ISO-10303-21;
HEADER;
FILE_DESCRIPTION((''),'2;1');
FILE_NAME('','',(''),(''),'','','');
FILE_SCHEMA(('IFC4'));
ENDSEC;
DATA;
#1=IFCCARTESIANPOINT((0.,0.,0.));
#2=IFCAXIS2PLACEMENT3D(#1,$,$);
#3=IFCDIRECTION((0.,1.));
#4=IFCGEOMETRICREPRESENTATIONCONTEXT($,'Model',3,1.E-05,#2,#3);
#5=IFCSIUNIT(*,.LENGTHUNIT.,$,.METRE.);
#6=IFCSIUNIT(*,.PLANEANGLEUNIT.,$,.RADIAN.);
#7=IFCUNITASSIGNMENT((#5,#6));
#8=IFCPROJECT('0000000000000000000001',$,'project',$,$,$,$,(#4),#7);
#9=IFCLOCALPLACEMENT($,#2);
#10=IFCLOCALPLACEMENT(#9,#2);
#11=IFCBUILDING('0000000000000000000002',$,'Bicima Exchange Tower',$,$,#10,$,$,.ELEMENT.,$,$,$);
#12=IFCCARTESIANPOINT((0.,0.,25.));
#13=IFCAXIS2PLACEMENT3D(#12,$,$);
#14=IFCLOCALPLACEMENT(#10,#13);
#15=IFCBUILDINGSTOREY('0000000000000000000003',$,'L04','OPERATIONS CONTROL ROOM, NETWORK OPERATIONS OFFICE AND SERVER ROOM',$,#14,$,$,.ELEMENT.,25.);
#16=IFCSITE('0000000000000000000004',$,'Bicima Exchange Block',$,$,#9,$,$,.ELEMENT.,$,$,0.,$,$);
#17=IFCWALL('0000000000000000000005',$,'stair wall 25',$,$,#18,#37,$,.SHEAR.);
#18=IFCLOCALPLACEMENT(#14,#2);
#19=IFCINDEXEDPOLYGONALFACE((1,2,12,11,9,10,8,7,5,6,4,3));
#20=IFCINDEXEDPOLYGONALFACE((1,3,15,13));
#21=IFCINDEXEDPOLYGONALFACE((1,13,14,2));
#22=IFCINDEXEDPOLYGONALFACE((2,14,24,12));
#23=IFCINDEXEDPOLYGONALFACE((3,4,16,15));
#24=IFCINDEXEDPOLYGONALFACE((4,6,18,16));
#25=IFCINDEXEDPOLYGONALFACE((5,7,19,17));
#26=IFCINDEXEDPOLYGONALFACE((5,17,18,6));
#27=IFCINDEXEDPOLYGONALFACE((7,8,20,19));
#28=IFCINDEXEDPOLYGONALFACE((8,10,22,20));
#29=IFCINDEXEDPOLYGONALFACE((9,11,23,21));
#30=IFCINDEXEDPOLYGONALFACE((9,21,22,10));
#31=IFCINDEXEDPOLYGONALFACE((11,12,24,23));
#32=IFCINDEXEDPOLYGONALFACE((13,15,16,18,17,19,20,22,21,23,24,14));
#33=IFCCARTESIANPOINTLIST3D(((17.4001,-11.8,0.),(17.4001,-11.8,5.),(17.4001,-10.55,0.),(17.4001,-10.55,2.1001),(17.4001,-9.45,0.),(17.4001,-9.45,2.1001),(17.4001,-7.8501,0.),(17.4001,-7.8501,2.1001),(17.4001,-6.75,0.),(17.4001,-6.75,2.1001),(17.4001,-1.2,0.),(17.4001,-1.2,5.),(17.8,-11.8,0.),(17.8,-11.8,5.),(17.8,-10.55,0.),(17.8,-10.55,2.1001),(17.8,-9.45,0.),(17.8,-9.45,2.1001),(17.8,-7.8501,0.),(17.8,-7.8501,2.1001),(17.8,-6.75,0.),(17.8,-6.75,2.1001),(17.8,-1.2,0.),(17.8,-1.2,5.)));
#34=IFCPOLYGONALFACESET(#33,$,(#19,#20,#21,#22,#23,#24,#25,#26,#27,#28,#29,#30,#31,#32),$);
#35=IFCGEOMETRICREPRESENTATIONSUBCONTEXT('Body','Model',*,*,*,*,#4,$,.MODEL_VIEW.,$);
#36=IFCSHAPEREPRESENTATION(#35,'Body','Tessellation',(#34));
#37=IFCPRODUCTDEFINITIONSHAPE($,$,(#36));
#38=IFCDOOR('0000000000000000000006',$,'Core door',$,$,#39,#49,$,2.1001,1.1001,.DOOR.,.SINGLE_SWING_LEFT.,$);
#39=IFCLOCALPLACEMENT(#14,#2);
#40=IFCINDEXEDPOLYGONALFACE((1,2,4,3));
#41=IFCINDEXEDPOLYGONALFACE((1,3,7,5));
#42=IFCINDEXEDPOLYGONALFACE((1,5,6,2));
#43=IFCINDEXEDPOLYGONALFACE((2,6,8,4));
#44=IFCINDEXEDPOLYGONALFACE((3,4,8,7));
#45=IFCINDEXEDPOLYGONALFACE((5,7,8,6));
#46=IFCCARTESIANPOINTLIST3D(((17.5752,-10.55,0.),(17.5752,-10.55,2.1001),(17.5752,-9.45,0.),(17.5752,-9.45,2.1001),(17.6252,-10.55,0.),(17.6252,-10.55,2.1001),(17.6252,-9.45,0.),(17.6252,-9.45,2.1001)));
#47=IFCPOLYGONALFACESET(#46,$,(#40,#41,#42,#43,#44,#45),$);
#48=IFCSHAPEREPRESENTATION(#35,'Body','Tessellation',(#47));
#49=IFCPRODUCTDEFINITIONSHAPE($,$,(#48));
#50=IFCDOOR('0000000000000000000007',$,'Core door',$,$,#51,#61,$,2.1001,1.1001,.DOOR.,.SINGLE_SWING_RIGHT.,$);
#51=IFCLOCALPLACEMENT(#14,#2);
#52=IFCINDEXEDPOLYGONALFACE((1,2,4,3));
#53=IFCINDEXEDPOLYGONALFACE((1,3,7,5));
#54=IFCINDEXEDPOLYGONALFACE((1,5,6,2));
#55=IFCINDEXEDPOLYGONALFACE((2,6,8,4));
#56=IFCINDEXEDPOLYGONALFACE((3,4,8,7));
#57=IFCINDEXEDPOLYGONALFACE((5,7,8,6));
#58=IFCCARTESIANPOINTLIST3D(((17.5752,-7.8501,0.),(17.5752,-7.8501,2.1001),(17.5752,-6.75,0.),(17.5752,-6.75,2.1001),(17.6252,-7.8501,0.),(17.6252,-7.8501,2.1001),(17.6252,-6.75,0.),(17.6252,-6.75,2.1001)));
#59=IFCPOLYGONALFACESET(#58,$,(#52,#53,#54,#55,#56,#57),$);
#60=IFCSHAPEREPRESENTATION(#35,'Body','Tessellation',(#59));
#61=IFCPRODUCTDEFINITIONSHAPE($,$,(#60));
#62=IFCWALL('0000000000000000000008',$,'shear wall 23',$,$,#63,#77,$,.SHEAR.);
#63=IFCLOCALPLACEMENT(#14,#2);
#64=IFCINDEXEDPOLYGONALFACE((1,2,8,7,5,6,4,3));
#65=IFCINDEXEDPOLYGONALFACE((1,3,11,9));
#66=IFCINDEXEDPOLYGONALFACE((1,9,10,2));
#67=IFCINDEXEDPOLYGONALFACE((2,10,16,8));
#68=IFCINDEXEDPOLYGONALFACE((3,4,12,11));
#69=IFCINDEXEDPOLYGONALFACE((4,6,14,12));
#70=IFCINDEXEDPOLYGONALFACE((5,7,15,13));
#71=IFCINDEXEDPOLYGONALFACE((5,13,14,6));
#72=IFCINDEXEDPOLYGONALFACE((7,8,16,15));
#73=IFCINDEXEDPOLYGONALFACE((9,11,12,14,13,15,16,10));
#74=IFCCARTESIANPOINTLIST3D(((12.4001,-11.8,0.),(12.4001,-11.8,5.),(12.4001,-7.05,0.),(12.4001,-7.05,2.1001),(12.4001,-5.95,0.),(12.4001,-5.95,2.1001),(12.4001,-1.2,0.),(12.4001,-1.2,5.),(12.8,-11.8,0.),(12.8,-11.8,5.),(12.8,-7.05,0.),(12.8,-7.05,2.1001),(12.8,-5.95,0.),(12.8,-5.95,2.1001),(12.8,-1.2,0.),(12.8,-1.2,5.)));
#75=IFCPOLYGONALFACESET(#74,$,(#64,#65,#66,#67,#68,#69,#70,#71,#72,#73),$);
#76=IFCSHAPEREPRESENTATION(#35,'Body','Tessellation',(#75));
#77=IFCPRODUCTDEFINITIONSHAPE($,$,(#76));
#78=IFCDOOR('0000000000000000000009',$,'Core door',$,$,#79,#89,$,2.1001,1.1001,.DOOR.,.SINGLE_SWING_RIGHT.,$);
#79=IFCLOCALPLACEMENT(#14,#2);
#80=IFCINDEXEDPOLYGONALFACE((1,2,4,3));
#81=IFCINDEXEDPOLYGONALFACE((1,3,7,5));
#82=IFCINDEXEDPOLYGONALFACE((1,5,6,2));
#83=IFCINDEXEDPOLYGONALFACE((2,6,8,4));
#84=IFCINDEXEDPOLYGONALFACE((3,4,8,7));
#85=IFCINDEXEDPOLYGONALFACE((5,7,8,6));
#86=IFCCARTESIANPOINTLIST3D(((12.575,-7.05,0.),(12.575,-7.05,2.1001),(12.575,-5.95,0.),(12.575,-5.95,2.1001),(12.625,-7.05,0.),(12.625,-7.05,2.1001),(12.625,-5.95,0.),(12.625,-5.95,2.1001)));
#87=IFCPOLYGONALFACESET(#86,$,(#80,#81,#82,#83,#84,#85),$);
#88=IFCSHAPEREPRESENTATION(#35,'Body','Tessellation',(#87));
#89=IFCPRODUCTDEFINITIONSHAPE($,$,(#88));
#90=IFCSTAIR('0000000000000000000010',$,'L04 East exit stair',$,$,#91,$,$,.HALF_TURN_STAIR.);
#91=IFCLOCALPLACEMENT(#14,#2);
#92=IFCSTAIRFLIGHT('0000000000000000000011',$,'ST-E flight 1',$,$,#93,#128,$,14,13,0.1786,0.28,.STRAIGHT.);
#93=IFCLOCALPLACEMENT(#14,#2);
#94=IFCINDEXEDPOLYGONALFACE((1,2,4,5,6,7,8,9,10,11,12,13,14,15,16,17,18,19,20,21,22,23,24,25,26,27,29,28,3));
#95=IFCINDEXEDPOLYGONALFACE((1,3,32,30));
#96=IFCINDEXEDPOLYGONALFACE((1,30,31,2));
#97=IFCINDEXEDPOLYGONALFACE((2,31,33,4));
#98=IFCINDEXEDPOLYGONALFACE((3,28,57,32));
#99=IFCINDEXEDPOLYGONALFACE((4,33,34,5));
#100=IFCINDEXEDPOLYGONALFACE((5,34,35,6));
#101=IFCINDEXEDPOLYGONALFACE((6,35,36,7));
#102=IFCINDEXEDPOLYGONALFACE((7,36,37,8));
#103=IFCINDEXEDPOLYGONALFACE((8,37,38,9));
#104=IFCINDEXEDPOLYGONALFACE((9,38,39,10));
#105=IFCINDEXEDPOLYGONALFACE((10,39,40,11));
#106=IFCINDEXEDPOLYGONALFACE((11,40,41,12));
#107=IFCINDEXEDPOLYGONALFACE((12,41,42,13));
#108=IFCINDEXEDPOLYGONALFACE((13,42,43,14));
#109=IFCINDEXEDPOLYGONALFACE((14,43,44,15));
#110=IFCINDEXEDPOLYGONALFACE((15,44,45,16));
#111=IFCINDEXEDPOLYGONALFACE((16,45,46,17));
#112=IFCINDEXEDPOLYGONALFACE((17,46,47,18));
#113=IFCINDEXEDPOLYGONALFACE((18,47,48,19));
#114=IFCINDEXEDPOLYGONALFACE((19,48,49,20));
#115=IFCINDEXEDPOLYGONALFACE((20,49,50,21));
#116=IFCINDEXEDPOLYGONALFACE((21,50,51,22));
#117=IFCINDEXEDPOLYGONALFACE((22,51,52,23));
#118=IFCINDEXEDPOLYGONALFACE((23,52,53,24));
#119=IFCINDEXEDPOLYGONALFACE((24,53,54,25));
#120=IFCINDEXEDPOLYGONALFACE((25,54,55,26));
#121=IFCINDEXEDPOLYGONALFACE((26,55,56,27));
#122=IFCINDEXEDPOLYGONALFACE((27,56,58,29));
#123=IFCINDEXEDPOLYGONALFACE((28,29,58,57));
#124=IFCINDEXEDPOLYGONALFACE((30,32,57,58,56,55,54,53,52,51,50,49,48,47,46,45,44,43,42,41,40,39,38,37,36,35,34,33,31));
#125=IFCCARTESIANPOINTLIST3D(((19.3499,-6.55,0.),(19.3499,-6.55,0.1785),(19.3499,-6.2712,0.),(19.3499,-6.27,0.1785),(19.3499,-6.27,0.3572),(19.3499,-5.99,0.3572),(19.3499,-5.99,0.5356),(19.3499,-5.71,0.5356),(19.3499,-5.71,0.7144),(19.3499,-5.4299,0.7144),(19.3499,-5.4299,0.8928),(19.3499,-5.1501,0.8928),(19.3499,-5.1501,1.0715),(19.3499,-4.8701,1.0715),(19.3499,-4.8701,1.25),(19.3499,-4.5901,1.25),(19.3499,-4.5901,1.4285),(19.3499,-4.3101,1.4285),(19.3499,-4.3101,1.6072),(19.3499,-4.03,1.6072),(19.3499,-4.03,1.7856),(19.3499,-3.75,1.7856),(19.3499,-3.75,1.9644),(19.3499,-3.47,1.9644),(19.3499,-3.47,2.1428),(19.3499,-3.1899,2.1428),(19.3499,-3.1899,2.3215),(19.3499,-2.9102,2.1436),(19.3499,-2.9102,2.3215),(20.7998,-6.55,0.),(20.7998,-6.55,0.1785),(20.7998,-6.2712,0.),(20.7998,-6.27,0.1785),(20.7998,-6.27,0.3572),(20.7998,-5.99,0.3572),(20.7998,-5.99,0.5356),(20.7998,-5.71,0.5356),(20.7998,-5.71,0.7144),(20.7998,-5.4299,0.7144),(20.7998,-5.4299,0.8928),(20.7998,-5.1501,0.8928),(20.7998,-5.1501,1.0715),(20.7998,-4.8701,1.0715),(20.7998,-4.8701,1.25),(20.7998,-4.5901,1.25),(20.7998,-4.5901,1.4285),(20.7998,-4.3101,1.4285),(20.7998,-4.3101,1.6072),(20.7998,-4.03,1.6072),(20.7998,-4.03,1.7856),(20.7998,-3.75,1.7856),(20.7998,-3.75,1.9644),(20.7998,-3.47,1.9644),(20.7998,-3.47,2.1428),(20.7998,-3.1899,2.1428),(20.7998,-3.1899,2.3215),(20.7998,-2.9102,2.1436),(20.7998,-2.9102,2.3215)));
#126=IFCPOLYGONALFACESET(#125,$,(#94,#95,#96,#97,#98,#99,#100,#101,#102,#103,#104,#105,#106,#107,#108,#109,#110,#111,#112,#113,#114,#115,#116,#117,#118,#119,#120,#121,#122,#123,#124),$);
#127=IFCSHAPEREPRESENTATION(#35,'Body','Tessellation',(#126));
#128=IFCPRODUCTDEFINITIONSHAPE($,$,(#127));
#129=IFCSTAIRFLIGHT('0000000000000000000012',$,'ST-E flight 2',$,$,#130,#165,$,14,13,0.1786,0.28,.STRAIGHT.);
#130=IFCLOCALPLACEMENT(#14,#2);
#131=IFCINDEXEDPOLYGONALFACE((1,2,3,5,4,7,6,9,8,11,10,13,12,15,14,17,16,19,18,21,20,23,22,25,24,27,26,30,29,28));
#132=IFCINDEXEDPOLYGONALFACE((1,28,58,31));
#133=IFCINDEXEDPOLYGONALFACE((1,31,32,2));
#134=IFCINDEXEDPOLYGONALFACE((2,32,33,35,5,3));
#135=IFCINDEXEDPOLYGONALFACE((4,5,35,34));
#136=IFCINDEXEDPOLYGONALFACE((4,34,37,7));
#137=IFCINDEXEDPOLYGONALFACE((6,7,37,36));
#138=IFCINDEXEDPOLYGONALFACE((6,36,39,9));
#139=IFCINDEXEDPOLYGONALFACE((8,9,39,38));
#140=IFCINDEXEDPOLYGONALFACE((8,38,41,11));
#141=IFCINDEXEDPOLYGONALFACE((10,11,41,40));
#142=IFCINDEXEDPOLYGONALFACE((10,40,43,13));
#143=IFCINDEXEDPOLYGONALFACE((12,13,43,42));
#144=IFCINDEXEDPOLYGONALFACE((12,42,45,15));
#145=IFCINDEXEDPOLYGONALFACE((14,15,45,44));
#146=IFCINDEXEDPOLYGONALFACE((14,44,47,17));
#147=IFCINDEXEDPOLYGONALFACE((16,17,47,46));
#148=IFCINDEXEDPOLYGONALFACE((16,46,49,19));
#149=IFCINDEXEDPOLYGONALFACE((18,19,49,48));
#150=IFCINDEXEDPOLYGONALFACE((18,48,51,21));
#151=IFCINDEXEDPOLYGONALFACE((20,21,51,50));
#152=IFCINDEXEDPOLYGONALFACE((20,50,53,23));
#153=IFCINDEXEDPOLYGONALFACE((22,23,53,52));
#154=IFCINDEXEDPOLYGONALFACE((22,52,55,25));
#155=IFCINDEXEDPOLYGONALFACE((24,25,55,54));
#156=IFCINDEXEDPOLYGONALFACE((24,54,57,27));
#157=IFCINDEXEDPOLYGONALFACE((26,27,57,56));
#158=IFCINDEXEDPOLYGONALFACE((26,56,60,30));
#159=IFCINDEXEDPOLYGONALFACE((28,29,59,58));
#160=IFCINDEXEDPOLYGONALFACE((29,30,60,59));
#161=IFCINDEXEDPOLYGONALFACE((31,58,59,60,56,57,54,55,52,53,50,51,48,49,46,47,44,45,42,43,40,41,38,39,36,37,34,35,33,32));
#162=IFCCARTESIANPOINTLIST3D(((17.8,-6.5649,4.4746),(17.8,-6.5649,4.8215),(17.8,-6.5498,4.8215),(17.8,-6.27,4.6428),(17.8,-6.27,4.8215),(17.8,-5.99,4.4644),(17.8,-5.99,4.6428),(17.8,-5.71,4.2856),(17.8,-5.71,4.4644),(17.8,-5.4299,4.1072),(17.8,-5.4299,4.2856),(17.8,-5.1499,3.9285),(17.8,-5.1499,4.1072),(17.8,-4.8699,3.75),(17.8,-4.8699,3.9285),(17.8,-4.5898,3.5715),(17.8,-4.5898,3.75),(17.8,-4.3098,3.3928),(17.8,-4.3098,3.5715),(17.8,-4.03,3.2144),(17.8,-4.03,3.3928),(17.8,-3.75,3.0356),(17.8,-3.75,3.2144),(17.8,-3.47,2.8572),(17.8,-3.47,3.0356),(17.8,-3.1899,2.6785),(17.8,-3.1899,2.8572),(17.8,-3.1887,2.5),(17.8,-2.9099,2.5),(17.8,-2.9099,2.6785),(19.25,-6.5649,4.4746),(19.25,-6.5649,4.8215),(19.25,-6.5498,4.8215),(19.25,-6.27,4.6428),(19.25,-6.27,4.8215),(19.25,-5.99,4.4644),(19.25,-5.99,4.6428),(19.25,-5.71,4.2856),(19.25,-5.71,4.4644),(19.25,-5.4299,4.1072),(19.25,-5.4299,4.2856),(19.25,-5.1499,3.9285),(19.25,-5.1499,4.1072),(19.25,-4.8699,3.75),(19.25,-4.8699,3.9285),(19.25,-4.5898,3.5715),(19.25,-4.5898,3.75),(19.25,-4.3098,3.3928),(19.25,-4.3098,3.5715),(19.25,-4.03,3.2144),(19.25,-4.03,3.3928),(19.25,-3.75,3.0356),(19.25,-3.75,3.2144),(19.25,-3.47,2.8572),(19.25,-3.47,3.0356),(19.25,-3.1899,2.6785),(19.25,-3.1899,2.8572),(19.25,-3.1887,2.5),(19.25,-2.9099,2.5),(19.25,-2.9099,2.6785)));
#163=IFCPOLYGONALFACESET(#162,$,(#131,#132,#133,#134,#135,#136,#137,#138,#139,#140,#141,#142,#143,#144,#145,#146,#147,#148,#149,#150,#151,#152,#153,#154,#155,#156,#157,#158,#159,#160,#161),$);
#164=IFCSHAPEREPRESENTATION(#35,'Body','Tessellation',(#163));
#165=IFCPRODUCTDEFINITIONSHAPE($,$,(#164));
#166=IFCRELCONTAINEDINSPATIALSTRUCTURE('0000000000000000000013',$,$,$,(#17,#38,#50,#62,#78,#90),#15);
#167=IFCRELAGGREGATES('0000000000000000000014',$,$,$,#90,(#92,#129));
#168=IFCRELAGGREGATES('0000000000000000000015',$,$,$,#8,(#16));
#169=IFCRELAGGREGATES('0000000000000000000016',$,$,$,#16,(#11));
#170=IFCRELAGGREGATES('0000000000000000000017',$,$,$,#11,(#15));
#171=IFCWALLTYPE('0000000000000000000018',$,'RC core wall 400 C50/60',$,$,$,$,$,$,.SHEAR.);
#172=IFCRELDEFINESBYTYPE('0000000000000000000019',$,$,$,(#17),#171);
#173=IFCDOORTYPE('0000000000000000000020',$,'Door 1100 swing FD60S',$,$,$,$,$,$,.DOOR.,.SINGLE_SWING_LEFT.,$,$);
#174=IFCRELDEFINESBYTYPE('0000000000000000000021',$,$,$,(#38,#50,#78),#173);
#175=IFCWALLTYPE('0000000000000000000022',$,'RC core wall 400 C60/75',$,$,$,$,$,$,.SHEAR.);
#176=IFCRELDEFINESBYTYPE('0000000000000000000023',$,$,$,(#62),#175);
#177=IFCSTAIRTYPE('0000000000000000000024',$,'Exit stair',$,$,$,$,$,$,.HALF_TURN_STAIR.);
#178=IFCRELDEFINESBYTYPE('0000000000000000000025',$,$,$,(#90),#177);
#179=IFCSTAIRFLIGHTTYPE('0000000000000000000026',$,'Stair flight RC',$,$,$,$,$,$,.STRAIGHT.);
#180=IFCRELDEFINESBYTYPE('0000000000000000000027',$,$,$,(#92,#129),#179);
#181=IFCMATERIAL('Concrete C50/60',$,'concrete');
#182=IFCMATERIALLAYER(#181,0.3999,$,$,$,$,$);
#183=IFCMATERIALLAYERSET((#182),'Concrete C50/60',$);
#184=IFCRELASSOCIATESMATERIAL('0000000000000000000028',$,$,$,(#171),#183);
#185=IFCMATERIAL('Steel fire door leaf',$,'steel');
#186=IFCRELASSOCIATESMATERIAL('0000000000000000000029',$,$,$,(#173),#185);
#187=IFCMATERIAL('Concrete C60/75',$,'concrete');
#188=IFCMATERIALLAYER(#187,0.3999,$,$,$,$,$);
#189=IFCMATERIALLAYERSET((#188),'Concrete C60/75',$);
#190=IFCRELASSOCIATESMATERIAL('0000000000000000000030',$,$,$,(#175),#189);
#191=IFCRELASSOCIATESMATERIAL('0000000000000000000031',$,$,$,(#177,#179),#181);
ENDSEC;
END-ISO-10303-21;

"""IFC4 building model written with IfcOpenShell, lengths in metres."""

from ifc_helpers import new_model, si_unit, direction, frame, frame_2d, origin, place, context, subcontext, project, spatial, polyline, rectangle, outline, extrude, material, layer, layer_set, type_object, element, fill, aggregate, save


model = new_model("IFC4")

# Units and contexts
model_context = context("Model", 3, precision=1e-05, world=origin(), true_north=direction((0.0, 1.0)))
body_context = subcontext(model_context, "Body", "Model", "MODEL_VIEW")
ifc_project = project(units=[si_unit("LENGTHUNIT", "METRE"), si_unit("PLANEANGLEUNIT", "RADIAN")], contexts=[model_context])

# Site, building, storey
site_placement = place(None, origin())
site = spatial("IfcSite", under=ifc_project, at=site_placement, Name="Bicima Exchange Block", CompositionType="ELEMENT", RefElevation=0.0)
building_placement = place(site_placement, origin())
building = spatial("IfcBuilding", under=site, at=building_placement, Name="Bicima Exchange Tower", CompositionType="ELEMENT")
storey_placement = place(building_placement, frame((0.0, 0.0, 25.0)))
storey = spatial("IfcBuildingStorey", under=building, at=storey_placement, Name="L04", Description="OPERATIONS CONTROL ROOM, NETWORK OPERATIONS OFFICE AND SERVER ROOM", CompositionType="ELEMENT", Elevation=25.0)

# Shared definitions
ifc_material_1 = material(Name="Steel fire door leaf", Category="steel")

# Shared definitions
ifc_material_2 = material(Name="Concrete C50/60", Category="concrete")

# Shared definitions
ifc_layer_1 = layer(ifc_material_2, 0.3999)
ifc_layer_set_1 = layer_set([ifc_layer_1], Name="Concrete C50/60")
wall_type_1 = type_object("IfcWallType", Name="RC core wall 400 C50/60", PredefinedType="SHEAR", material=ifc_layer_set_1)

# Wall, openings, doors
wall_1_placement = place(storey_placement, frame((17.6001, -11.8, 0.0), z_axis=(0.0, 0.0, 1.0), x_axis=(0.0, 1.0, 0.0)))
wall_1 = element("IfcWall", 1, at=wall_1_placement, inside=storey, type_object=wall_type_1, Name="stair wall 25", PredefinedType="SHEAR", context=body_context, shape_type="SweptSolid", body=[
    extrude(rectangle(XDim=10.6001, YDim=0.3999, at=frame_2d((5.3, 0.0))), origin(), (0.0, 0.0, 1.0), 5.0),
])
opening_1_placement = place(wall_1_placement, frame((1.25, 0.0, 0.0)))
opening_1 = element("IfcOpeningElement", 2, at=opening_1_placement, cuts=wall_1, PredefinedType="OPENING", context=body_context, shape_type="SweptSolid", body=[
    extrude(rectangle(XDim=1.1001, YDim=2.1001, at=frame_2d((0.55, 1.05))), frame((0.0, 0.2119, 0.0), z_axis=(0.0, -1.0, 0.0), x_axis=(1.0, 0.0, 0.0)), (0.0, 0.0, 1.0), 0.4238),
])
opening_2_placement = place(wall_1_placement, frame((3.95, 0.0, 0.0)))
opening_2 = element("IfcOpeningElement", 3, at=opening_2_placement, cuts=wall_1, PredefinedType="OPENING", context=body_context, shape_type="SweptSolid", body=[
    extrude(rectangle(XDim=1.1001, YDim=2.1001, at=frame_2d((0.55, 1.05))), frame((0.0, 0.2119, 0.0), z_axis=(0.0, -1.0, 0.0), x_axis=(1.0, 0.0, 0.0)), (0.0, 0.0, 1.0), 0.4238),
])
door_type_1 = type_object("IfcDoorType", Name="Door 1100 swing FD60S", OperationType="SINGLE_SWING_LEFT", PredefinedType="DOOR", material=ifc_material_1)
door_1_placement = place(opening_1_placement, origin())
door_1 = element("IfcDoor", 4, at=door_1_placement, inside=storey, type_object=door_type_1, Name="Core door", OperationType="SINGLE_SWING_LEFT", OverallHeight=2.1001, OverallWidth=1.1001, PredefinedType="DOOR", context=body_context, shape_type="SweptSolid", body=[
    extrude(rectangle(XDim=1.1001, YDim=2.1001, at=frame_2d((0.55, 1.05))), frame((0.0, 0.0249, 0.0), z_axis=(0.0, -1.0, 0.0), x_axis=(1.0, 0.0, 0.0)), (0.0, 0.0, 1.0), 0.05),
])
fill(opening_1, door_1)
door_2_placement = place(opening_2_placement, origin())
door_2 = element("IfcDoor", 5, at=door_2_placement, inside=storey, type_object=door_type_1, Name="Core door", OperationType="SINGLE_SWING_RIGHT", OverallHeight=2.1001, OverallWidth=1.1001, PredefinedType="DOOR", context=body_context, shape_type="SweptSolid", body=[
    extrude(rectangle(XDim=1.1001, YDim=2.1001, at=frame_2d((0.55, 1.05))), frame((0.0, 0.0249, 0.0), z_axis=(0.0, -1.0, 0.0), x_axis=(1.0, 0.0, 0.0)), (0.0, 0.0, 1.0), 0.05),
])
fill(opening_2, door_2)

# Wall, opening, door
ifc_material_3 = material(Name="Concrete C60/75", Category="concrete")
ifc_layer_2 = layer(ifc_material_3, 0.3999)
ifc_layer_set_2 = layer_set([ifc_layer_2], Name="Concrete C60/75")
wall_type_2 = type_object("IfcWallType", Name="RC core wall 400 C60/75", PredefinedType="SHEAR", material=ifc_layer_set_2)
wall_2_placement = place(storey_placement, frame((12.6001, -11.8, 0.0), z_axis=(0.0, 0.0, 1.0), x_axis=(0.0, 1.0, 0.0)))
wall_2 = element("IfcWall", 6, at=wall_2_placement, inside=storey, type_object=wall_type_2, Name="shear wall 23", PredefinedType="SHEAR", context=body_context, shape_type="SweptSolid", body=[
    extrude(rectangle(XDim=10.6001, YDim=0.3999, at=frame_2d((5.3, 0.0))), origin(), (0.0, 0.0, 1.0), 5.0),
])
opening_3_placement = place(wall_2_placement, frame((4.75, 0.0, 0.0)))
opening_3 = element("IfcOpeningElement", 7, at=opening_3_placement, cuts=wall_2, PredefinedType="OPENING", context=body_context, shape_type="SweptSolid", body=[
    extrude(rectangle(XDim=1.1001, YDim=2.1001, at=frame_2d((0.55, 1.05))), frame((0.0, 0.2119, 0.0), z_axis=(0.0, -1.0, 0.0), x_axis=(1.0, 0.0, 0.0)), (0.0, 0.0, 1.0), 0.4238),
])
door_3_placement = place(opening_3_placement, frame((1.1001, 0.0, 0.0), z_axis=(0.0, 0.0, 1.0), x_axis=(-1.0, 0.0, 0.0)))
door_3 = element("IfcDoor", 8, at=door_3_placement, inside=storey, type_object=door_type_1, Name="Core door", OperationType="SINGLE_SWING_RIGHT", OverallHeight=2.1001, OverallWidth=1.1001, PredefinedType="DOOR", context=body_context, shape_type="SweptSolid", body=[
    extrude(rectangle(XDim=1.1001, YDim=2.1001, at=frame_2d((0.55, 1.05))), frame((0.0, 0.0249, 0.0), z_axis=(0.0, -1.0, 0.0), x_axis=(1.0, 0.0, 0.0)), (0.0, 0.0, 1.0), 0.05),
])
fill(opening_3, door_3)

# Stair, stair flights
stair_type = type_object("IfcStairType", Name="Exit stair", PredefinedType="HALF_TURN_STAIR", material=ifc_material_2)
stair_placement = place(storey_placement, origin())
stair = element("IfcStair", 9, at=stair_placement, inside=storey, type_object=stair_type, Name="L04 East exit stair", PredefinedType="HALF_TURN_STAIR")
stair_flight_type = type_object("IfcStairFlightType", Name="Stair flight RC", PredefinedType="STRAIGHT", material=ifc_material_2)
stair_flight_1_placement = place(storey_placement, frame((20.075, -6.55, 0.0), z_axis=(0.0, 0.0, 1.0), x_axis=(0.0, 1.0, 0.0)))
stair_flight_1 = element("IfcStairFlight", 10, at=stair_flight_1_placement, type_object=stair_flight_type, Name="ST-E flight 1", NumberOfRisers=14, NumberOfTreads=13, PredefinedType="STRAIGHT", RiserHeight=0.1786, TreadLength=0.28, context=body_context, shape_type="SweptSolid", body=[
    extrude(outline(polyline([(0.0, 0.0), (0.0, 0.1785), (0.28, 0.1785), (0.28, 0.3572), (0.5601, 0.3572), (0.5601, 0.5356), (0.8401, 0.5356), (0.8401, 0.7144), (1.1201, 0.7144), (1.1201, 0.8928), (1.3999, 0.8928), (1.3999, 1.0715), (1.6799, 1.0715), (1.6799, 1.25), (1.96, 1.25), (1.96, 1.4285), (2.24, 1.4285), (2.24, 1.6072), (2.52, 1.6072), (2.52, 1.7856), (2.8, 1.7856), (2.8, 1.9644), (3.0801, 1.9644), (3.0801, 2.1428), (3.3601, 2.1428), (3.3601, 2.3215), (3.6399, 2.3215), (3.6399, 2.5), (3.6399, 2.1436), (0.2788, 0.0), (0.0, 0.0)])), frame((0.0, 0.7251, 0.0), z_axis=(0.0, -1.0, 0.0), x_axis=(1.0, 0.0, 0.0)), (0.0, 0.0, 1.0), 1.45),
])
stair_flight_2_placement = place(storey_placement, frame((18.5249, -2.9099, 2.5), z_axis=(0.0, 0.0, 1.0), x_axis=(0.0, -1.0, 0.0)))
stair_flight_2 = element("IfcStairFlight", 11, at=stair_flight_2_placement, type_object=stair_flight_type, Name="ST-E flight 2", NumberOfRisers=14, NumberOfTreads=13, PredefinedType="STRAIGHT", RiserHeight=0.1786, TreadLength=0.28, context=body_context, shape_type="SweptSolid", body=[
    extrude(outline(polyline([(0.0, 0.0), (0.0, 0.1785), (0.28, 0.1785), (0.28, 0.3572), (0.5601, 0.3572), (0.5601, 0.5356), (0.8401, 0.5356), (0.8401, 0.7144), (1.1201, 0.7144), (1.1201, 0.8928), (1.3999, 0.8928), (1.3999, 1.0715), (1.6799, 1.0715), (1.6799, 1.25), (1.96, 1.25), (1.96, 1.4285), (2.24, 1.4285), (2.24, 1.6072), (2.52, 1.6072), (2.52, 1.7856), (2.8, 1.7856), (2.8, 1.9644), (3.0801, 1.9644), (3.0801, 2.1428), (3.3601, 2.1428), (3.3601, 2.3215), (3.6399, 2.3215), (3.655, 2.3215), (3.655, 1.9746), (0.2788, 0.0), (0.0, 0.0)])), frame((0.0, 0.7251, 0.0), z_axis=(0.0, -1.0, 0.0), x_axis=(1.0, 0.0, 0.0)), (0.0, 0.0, 1.0), 1.45),
])
aggregate(stair, [stair_flight_1, stair_flight_2])

save(model, "model.ifc")
